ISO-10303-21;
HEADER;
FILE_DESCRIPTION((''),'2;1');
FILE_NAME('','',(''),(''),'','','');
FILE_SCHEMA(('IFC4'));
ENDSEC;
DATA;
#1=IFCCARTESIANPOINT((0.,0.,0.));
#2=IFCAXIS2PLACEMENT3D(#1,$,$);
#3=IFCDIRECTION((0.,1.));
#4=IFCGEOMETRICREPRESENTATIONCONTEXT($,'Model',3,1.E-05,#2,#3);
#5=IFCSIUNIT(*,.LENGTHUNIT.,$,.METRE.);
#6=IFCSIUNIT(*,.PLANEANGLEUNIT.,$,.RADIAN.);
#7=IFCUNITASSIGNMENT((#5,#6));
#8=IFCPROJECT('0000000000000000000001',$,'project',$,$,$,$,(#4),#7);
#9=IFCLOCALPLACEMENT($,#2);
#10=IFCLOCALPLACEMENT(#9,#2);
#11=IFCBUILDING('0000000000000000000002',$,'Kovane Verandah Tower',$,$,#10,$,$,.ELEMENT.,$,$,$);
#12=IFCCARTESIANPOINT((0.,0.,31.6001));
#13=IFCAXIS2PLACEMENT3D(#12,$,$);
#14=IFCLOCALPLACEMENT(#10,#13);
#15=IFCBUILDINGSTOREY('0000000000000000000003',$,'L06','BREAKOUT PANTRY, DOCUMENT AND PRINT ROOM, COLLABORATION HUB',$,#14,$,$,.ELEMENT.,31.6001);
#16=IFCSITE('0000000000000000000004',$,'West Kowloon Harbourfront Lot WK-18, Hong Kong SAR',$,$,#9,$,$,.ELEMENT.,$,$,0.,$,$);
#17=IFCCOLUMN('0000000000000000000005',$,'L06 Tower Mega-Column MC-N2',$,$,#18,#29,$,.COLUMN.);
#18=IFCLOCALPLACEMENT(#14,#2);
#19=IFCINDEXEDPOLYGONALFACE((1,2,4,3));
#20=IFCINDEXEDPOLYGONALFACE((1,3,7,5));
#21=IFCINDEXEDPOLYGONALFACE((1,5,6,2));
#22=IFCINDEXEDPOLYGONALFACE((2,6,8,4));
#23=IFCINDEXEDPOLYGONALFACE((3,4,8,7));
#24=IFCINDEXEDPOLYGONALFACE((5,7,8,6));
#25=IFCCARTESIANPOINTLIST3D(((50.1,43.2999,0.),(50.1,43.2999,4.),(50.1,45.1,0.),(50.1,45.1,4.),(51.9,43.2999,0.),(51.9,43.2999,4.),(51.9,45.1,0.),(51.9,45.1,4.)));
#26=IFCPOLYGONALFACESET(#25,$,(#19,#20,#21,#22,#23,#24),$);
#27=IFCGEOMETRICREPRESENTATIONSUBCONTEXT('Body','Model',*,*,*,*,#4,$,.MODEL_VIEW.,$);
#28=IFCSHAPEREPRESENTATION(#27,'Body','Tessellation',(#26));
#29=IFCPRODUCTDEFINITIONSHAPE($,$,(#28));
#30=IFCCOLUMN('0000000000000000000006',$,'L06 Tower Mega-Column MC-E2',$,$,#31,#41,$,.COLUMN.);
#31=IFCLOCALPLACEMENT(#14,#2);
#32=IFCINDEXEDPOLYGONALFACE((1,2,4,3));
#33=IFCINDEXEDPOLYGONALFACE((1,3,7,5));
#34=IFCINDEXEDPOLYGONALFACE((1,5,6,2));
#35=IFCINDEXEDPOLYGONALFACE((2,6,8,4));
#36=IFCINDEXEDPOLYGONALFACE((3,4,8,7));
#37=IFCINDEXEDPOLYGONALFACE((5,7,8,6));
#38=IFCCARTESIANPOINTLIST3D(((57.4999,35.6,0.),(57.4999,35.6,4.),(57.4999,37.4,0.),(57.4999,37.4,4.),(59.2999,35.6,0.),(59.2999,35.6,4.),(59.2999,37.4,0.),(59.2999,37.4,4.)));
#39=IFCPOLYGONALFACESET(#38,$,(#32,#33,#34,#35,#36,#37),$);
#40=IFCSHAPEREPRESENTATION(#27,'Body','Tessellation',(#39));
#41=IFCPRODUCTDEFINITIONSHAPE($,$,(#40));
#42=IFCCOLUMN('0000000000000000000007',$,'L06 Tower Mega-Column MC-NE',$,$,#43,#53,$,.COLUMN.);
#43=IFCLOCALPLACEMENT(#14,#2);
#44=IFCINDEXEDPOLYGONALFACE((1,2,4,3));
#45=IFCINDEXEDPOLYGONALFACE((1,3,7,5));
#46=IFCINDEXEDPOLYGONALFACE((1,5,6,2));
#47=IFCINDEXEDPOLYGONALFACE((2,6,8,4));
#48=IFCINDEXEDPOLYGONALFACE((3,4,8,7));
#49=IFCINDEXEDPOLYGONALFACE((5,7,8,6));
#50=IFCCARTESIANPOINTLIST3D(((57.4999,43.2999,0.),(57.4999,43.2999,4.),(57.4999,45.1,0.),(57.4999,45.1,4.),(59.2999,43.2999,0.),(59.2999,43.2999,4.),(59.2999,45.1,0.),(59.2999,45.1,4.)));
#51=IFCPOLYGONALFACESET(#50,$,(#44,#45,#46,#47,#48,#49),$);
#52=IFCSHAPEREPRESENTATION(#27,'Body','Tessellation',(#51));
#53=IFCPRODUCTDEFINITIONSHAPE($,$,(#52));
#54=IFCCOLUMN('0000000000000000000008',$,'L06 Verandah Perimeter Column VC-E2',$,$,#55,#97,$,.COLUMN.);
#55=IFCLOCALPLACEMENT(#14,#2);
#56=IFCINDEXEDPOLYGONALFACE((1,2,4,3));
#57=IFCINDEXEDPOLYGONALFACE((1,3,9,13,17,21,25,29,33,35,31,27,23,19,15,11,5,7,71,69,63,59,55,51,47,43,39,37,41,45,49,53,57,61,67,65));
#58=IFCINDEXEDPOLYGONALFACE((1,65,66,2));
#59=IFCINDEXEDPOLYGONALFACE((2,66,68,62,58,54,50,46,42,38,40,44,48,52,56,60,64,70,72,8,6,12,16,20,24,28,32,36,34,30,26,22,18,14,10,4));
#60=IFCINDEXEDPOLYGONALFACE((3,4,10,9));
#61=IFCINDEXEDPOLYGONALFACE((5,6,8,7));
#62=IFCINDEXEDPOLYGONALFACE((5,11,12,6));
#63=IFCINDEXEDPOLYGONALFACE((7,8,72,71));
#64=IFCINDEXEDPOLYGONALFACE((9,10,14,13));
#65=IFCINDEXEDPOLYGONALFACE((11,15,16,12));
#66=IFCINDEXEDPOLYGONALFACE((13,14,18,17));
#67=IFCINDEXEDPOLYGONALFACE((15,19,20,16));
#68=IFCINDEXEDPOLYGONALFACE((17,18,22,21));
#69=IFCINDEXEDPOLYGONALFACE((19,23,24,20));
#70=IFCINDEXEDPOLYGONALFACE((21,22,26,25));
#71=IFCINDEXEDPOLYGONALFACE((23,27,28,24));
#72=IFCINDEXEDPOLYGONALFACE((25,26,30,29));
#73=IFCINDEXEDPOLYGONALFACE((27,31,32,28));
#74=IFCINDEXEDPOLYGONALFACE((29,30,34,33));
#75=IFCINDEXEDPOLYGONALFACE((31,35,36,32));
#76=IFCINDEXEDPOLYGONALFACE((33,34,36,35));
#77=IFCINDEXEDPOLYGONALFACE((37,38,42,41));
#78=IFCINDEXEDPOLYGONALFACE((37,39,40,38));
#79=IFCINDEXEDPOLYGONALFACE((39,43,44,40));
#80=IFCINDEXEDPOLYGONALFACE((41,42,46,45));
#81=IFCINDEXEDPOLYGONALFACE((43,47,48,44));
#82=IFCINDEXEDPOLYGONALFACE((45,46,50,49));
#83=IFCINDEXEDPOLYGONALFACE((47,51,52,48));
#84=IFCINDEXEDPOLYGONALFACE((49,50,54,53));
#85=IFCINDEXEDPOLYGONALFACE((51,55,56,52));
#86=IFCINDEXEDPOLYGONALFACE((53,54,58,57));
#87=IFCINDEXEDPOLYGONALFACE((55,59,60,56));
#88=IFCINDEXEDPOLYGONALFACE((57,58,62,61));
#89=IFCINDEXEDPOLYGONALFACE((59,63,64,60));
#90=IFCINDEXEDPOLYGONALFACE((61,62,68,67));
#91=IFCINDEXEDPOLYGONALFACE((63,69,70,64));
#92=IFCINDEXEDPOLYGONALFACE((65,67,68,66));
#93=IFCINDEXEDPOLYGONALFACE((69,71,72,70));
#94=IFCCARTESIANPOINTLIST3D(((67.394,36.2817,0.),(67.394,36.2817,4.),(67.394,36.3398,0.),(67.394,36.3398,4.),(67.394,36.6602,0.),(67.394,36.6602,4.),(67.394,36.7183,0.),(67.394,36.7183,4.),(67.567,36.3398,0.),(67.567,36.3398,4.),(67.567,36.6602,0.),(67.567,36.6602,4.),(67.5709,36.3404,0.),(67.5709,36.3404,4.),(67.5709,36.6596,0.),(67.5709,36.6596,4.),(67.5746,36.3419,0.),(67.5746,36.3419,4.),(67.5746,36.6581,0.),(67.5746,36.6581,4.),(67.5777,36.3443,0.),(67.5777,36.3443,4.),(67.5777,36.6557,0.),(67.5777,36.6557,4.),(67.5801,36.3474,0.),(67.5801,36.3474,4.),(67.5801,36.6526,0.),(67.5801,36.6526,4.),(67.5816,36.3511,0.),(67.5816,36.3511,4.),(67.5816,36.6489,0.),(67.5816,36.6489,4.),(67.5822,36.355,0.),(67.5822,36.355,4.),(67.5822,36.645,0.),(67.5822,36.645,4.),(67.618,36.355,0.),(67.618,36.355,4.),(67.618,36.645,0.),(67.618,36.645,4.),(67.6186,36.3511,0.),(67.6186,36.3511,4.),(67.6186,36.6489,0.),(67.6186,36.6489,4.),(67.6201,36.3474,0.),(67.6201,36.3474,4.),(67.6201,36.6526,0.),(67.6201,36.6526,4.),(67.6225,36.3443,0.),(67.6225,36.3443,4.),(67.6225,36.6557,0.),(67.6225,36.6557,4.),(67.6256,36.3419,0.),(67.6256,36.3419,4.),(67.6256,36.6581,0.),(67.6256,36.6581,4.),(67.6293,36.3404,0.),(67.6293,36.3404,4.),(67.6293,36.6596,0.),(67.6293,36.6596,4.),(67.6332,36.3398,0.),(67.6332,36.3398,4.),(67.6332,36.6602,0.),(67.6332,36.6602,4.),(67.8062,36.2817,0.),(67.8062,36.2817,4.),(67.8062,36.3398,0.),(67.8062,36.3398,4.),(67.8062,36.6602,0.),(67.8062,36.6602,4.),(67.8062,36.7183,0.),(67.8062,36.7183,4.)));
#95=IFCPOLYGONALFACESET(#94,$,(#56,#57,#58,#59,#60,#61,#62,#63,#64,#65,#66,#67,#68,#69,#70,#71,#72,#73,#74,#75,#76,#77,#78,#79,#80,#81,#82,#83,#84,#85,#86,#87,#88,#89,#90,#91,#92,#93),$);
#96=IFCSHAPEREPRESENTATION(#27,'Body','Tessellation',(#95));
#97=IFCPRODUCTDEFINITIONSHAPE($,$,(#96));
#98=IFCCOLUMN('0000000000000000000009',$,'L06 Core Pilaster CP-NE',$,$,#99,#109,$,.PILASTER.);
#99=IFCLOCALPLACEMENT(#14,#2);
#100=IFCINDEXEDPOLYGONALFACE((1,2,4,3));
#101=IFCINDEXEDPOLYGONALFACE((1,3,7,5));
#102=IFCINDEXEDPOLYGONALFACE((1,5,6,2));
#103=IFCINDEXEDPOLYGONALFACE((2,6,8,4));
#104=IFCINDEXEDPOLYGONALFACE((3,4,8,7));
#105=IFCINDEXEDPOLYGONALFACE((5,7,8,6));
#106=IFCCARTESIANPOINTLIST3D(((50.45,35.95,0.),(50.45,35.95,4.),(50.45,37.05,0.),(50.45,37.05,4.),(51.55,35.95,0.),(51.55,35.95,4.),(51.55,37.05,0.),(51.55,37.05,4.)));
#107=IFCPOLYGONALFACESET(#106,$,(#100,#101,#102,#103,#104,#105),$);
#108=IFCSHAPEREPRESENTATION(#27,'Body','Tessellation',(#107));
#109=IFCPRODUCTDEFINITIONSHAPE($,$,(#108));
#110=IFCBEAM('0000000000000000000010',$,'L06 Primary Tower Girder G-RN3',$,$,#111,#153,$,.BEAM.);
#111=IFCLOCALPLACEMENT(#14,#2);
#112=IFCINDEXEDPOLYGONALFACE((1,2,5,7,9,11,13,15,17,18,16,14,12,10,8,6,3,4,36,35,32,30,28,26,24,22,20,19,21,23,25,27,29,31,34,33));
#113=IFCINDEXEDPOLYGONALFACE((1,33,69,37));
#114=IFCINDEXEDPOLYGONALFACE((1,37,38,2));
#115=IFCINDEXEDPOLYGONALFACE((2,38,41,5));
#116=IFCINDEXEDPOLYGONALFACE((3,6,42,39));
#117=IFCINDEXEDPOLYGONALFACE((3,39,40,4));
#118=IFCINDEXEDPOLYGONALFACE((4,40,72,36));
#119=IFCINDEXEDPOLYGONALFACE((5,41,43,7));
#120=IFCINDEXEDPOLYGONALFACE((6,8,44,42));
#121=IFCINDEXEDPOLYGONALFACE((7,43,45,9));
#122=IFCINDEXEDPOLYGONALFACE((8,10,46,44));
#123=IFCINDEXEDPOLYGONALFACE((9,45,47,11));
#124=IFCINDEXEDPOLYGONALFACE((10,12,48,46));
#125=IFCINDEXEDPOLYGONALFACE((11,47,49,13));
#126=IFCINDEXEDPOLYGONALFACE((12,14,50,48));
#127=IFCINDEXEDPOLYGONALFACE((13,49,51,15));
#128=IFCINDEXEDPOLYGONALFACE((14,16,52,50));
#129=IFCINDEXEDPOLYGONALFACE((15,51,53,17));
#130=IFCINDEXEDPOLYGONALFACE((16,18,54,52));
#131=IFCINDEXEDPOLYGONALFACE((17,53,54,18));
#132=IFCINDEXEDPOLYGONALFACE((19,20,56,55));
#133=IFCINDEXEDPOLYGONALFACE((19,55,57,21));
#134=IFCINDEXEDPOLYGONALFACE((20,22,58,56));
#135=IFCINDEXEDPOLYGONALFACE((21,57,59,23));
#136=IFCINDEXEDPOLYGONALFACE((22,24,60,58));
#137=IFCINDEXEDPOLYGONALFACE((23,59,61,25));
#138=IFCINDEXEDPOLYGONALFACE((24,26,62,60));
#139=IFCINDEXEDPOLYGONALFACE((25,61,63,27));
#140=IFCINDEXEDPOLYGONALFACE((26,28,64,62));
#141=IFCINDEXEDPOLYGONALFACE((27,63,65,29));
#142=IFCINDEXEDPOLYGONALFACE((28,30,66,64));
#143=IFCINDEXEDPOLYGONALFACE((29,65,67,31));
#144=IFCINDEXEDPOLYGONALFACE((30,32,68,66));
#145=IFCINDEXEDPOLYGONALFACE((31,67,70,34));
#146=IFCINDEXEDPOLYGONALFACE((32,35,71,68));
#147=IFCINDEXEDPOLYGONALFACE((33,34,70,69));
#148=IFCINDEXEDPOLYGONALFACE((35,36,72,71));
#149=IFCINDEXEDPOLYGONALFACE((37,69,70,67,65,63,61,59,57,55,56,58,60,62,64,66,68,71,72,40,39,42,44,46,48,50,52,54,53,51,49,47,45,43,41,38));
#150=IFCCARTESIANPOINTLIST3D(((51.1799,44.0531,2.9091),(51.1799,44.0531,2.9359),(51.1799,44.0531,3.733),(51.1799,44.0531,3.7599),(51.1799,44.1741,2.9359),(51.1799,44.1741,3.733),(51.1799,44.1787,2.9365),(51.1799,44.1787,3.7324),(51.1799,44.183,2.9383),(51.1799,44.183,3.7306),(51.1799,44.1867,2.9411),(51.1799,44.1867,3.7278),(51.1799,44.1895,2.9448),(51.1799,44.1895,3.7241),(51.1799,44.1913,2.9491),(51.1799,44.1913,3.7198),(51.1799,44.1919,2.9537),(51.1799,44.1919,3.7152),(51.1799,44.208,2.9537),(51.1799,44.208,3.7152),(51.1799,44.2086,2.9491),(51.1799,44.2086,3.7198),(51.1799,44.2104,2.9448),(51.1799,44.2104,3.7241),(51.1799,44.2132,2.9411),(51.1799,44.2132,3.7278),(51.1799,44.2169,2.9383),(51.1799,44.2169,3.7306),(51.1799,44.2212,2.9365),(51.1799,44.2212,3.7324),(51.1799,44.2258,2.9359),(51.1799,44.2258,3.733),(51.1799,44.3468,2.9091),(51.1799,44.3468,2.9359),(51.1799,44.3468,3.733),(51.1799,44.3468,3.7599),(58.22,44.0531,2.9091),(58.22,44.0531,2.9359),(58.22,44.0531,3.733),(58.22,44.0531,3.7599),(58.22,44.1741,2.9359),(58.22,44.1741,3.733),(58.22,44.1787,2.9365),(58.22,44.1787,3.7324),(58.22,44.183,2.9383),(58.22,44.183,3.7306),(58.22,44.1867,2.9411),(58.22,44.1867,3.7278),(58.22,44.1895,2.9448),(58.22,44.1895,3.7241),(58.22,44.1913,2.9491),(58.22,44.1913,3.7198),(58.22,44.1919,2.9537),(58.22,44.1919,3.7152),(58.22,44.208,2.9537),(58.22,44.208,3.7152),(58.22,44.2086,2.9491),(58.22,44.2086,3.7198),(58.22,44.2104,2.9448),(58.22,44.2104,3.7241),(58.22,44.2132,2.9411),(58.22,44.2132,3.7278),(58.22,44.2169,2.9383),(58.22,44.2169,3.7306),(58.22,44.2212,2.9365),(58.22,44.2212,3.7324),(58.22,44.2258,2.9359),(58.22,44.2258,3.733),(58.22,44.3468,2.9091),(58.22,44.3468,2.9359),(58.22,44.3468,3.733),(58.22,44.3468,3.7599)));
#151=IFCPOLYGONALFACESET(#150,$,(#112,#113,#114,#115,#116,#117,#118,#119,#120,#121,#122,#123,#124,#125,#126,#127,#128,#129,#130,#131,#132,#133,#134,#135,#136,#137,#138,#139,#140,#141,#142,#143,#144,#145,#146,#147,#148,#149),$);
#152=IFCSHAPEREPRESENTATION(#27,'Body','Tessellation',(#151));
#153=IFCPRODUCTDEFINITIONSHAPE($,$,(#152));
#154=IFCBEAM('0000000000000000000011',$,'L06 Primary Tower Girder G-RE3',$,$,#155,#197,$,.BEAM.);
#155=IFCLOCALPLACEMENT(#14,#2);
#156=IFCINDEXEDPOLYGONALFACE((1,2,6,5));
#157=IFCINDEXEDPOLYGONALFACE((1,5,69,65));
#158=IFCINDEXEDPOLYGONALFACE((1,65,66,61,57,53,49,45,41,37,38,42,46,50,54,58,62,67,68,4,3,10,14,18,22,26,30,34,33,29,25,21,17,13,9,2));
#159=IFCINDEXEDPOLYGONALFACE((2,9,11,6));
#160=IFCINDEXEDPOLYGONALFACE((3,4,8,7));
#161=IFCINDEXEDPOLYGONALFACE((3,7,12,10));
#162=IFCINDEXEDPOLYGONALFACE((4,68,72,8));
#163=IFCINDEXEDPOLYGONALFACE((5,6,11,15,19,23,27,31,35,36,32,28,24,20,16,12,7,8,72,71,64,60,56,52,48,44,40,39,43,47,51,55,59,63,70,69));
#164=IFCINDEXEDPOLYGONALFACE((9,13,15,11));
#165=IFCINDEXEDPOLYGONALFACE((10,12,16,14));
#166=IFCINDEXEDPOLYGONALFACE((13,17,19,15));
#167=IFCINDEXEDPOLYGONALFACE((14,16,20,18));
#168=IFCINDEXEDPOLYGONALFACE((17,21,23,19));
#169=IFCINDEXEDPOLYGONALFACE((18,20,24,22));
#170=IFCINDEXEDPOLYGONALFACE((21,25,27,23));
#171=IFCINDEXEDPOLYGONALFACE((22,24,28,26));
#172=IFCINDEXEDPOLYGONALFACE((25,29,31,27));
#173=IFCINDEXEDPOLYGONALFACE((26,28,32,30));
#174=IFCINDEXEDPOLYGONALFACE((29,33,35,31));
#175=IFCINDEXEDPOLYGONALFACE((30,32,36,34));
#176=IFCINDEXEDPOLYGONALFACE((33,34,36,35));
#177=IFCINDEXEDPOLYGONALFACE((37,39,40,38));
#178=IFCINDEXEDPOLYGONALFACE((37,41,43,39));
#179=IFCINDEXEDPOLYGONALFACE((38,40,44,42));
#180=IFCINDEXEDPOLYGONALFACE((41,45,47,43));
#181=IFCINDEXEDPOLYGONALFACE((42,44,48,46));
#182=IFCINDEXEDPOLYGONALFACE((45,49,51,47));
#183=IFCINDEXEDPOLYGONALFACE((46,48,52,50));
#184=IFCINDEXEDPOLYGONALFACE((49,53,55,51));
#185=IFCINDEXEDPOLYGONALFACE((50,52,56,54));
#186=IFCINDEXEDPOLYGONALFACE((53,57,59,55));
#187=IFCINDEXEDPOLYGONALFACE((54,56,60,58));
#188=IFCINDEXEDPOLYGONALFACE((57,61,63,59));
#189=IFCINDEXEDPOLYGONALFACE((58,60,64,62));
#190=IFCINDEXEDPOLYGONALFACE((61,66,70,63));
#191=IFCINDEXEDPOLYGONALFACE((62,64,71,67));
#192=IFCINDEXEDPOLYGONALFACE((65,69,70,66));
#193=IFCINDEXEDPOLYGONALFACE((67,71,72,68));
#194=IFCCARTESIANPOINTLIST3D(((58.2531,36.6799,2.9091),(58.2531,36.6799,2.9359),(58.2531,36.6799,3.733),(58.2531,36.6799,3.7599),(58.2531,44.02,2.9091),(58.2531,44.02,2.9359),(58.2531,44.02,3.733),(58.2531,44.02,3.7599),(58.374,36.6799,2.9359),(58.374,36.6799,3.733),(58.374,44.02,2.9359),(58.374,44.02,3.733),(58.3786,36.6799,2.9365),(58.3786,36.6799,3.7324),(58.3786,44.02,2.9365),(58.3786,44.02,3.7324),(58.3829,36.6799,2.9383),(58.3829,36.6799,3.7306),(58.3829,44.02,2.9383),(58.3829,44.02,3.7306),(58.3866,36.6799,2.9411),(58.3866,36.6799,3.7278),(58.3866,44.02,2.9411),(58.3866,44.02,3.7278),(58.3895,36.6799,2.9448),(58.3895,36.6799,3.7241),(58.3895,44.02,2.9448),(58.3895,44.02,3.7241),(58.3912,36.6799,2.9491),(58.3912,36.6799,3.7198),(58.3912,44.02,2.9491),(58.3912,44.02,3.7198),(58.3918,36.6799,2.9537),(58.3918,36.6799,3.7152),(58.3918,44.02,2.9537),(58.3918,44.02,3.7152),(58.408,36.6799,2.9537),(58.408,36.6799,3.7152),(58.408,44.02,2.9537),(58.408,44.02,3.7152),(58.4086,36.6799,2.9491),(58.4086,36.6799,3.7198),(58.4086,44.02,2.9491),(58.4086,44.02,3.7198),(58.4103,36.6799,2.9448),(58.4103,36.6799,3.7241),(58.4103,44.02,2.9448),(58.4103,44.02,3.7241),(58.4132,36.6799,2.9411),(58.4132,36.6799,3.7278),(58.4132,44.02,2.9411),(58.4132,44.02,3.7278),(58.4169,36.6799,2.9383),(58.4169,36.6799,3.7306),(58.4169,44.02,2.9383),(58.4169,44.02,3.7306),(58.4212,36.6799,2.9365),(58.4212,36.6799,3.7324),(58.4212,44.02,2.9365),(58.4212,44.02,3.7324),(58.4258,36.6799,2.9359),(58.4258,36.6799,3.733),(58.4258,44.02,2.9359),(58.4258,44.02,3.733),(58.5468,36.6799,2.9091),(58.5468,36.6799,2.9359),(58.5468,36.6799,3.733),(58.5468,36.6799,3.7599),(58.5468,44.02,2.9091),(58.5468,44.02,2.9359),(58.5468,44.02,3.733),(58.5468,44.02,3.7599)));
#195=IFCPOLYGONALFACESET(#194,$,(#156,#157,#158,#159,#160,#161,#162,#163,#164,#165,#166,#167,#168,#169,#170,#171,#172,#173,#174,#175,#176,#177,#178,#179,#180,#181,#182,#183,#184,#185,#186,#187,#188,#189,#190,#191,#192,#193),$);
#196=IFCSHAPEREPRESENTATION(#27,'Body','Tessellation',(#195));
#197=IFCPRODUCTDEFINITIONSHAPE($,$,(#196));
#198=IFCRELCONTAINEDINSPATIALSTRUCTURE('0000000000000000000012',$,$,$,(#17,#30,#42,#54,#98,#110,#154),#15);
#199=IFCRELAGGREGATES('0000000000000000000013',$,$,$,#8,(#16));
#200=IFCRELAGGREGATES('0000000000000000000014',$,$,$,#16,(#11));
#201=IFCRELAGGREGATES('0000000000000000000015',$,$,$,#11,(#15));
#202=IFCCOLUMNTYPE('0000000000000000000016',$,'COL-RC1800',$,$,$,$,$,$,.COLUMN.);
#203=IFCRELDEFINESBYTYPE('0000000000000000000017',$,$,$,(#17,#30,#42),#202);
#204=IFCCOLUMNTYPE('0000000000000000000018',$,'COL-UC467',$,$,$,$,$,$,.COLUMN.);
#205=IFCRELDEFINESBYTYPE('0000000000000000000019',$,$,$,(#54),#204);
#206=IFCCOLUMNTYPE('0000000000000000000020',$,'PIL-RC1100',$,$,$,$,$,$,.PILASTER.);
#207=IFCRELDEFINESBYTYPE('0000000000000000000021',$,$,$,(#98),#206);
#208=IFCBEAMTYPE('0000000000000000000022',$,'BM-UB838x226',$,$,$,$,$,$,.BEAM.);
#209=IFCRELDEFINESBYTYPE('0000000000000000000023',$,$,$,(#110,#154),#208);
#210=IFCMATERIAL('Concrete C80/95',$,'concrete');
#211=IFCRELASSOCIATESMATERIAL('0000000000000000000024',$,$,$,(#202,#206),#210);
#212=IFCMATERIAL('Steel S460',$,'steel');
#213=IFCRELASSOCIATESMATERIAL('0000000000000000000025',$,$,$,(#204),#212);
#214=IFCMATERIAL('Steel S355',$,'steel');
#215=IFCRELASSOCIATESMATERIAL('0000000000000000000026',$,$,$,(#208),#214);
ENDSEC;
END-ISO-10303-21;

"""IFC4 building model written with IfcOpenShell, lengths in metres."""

from ifc_helpers import new_model, si_unit, direction, frame, origin, origin_2d, place, context, subcontext, project, spatial, rectangle, i_section, extrude, material, material_profile, profile_set, type_object, element, save


model = new_model("IFC4")

# Units and contexts
model_context = context("Model", 3, precision=1e-05, world=origin(), true_north=direction((0.0, 1.0)))
body_context = subcontext(model_context, "Body", "Model", "MODEL_VIEW")
ifc_project = project(units=[si_unit("LENGTHUNIT", "METRE"), si_unit("PLANEANGLEUNIT", "RADIAN")], contexts=[model_context])

# Site, building, storey
site_placement = place(None, origin())
site = spatial("IfcSite", under=ifc_project, at=site_placement, Name="West Kowloon Harbourfront Lot WK-18, Hong Kong SAR", CompositionType="ELEMENT", RefElevation=0.0)
building_placement = place(site_placement, origin())
building = spatial("IfcBuilding", under=site, at=building_placement, Name="Kovane Verandah Tower", CompositionType="ELEMENT")
storey_placement = place(building_placement, frame((0.0, 0.0, 31.6001)))
storey = spatial("IfcBuildingStorey", under=building, at=storey_placement, Name="L06", Description="BREAKOUT PANTRY, DOCUMENT AND PRINT ROOM, COLLABORATION HUB", CompositionType="ELEMENT", Elevation=31.6001)

# Columns
ifc_material_1 = material(Name="Concrete C80/95", Category="concrete")
ifc_material_profile_1 = material_profile(ifc_material_1, rectangle(XDim=1.8, YDim=1.8, at=origin_2d()), Name="RC1800x1800")
ifc_profile_set_1 = profile_set([ifc_material_profile_1], Name="Concrete C80/95")
column_type_1 = type_object("IfcColumnType", Name="COL-RC1800", PredefinedType="COLUMN", material=ifc_profile_set_1)
for number, where, z_axis, x_axis, name in (
    (1, (51.0, 44.2, 0.0), (0.0, 0.0, 1.0), (1.0, 0.0, 0.0), "L06 Tower Mega-Column MC-N2"),
    (2, (58.3999, 36.5, 0.0), (0.0, 0.0, 1.0), (1.0, 0.0, 0.0), "L06 Tower Mega-Column MC-E2"),
    (3, (58.3999, 44.2, 0.0), (0.0, 0.0, 1.0), (1.0, 0.0, 0.0), "L06 Tower Mega-Column MC-NE"),
):
    element("IfcColumn", number, at=place(storey_placement, frame(where, z_axis=z_axis, x_axis=x_axis)), inside=storey, type_object=column_type_1, Name=name, PredefinedType="COLUMN", context=body_context, shape_type="SweptSolid", body=[
        extrude(rectangle(XDim=1.8, YDim=1.8, at=origin_2d()), origin(), (0.0, 0.0, 1.0), 4.0),
    ])
ifc_material_2 = material(Name="Steel S460", Category="steel")
ifc_material_profile_2 = material_profile(ifc_material_2, i_section(OverallWidth=0.4121, OverallDepth=0.4365, WebThickness=0.0359, FlangeThickness=0.0581, FilletRadius=0.0151, at=origin_2d()), Name="UC356x406x467")
ifc_profile_set_2 = profile_set([ifc_material_profile_2], Name="Steel S460")
column_type_2 = type_object("IfcColumnType", Name="COL-UC467", PredefinedType="COLUMN", material=ifc_profile_set_2)
column_1_placement = place(storey_placement, frame((67.6001, 36.5, 0.0), z_axis=(0.0, 0.0, 1.0), x_axis=(1.0, 0.0, 0.0)))
element("IfcColumn", 4, at=column_1_placement, inside=storey, type_object=column_type_2, Name="L06 Verandah Perimeter Column VC-E2", PredefinedType="COLUMN", context=body_context, shape_type="SweptSolid", body=[
    extrude(i_section(OverallWidth=0.4121, OverallDepth=0.4365, WebThickness=0.0359, FlangeThickness=0.0581, FilletRadius=0.0151, at=origin_2d()), origin(), (0.0, 0.0, 1.0), 4.0),
])
ifc_material_profile_3 = material_profile(ifc_material_1, rectangle(XDim=1.1001, YDim=1.1001, at=origin_2d()), Name="RC1100x1100")
ifc_profile_set_3 = profile_set([ifc_material_profile_3], Name="Concrete C80/95")
column_type_3 = type_object("IfcColumnType", Name="PIL-RC1100", PredefinedType="PILASTER", material=ifc_profile_set_3)
column_2_placement = place(storey_placement, frame((51.0, 36.5, 0.0), z_axis=(0.0, 0.0, 1.0), x_axis=(1.0, 0.0, 0.0)))
element("IfcColumn", 5, at=column_2_placement, inside=storey, type_object=column_type_3, Name="L06 Core Pilaster CP-NE", PredefinedType="PILASTER", context=body_context, shape_type="SweptSolid", body=[
    extrude(rectangle(XDim=1.1001, YDim=1.1001, at=origin_2d()), origin(), (0.0, 0.0, 1.0), 4.0),
])

# Beams
ifc_material_3 = material(Name="Steel S355", Category="steel")
ifc_material_profile_4 = material_profile(ifc_material_3, i_section(OverallWidth=0.2937, OverallDepth=0.8508, WebThickness=0.0161, FlangeThickness=0.0269, FilletRadius=0.0178, at=origin_2d()), Name="UB838x292x226")
ifc_profile_set_4 = profile_set([ifc_material_profile_4], Name="Steel S355")
beam_type_1 = type_object("IfcBeamType", Name="BM-UB838x226", PredefinedType="BEAM", material=ifc_profile_set_4)
beam_1_placement = place(storey_placement, frame((51.1799, 44.2, 3.3345), z_axis=(1.0, 0.0, 0.0), x_axis=(0.0, 1.0, 0.0)))
element("IfcBeam", 6, at=beam_1_placement, inside=storey, type_object=beam_type_1, Name="L06 Primary Tower Girder G-RN3", PredefinedType="BEAM", context=body_context, shape_type="SweptSolid", body=[
    extrude(i_section(OverallWidth=0.2937, OverallDepth=0.8508, WebThickness=0.0161, FlangeThickness=0.0269, FilletRadius=0.0178, at=origin_2d()), origin(), (0.0, 0.0, 1.0), 7.04),
])
beam_2_placement = place(storey_placement, frame((58.3999, 36.6799, 3.3345), z_axis=(0.0, 1.0, 0.0), x_axis=(-1.0, 0.0, 0.0)))
element("IfcBeam", 7, at=beam_2_placement, inside=storey, type_object=beam_type_1, Name="L06 Primary Tower Girder G-RE3", PredefinedType="BEAM", context=body_context, shape_type="SweptSolid", body=[
    extrude(i_section(OverallWidth=0.2937, OverallDepth=0.8508, WebThickness=0.0161, FlangeThickness=0.0269, FilletRadius=0.0178, at=origin_2d()), origin(), (0.0, 0.0, 1.0), 7.3401),
])

save(model, "model.ifc")
